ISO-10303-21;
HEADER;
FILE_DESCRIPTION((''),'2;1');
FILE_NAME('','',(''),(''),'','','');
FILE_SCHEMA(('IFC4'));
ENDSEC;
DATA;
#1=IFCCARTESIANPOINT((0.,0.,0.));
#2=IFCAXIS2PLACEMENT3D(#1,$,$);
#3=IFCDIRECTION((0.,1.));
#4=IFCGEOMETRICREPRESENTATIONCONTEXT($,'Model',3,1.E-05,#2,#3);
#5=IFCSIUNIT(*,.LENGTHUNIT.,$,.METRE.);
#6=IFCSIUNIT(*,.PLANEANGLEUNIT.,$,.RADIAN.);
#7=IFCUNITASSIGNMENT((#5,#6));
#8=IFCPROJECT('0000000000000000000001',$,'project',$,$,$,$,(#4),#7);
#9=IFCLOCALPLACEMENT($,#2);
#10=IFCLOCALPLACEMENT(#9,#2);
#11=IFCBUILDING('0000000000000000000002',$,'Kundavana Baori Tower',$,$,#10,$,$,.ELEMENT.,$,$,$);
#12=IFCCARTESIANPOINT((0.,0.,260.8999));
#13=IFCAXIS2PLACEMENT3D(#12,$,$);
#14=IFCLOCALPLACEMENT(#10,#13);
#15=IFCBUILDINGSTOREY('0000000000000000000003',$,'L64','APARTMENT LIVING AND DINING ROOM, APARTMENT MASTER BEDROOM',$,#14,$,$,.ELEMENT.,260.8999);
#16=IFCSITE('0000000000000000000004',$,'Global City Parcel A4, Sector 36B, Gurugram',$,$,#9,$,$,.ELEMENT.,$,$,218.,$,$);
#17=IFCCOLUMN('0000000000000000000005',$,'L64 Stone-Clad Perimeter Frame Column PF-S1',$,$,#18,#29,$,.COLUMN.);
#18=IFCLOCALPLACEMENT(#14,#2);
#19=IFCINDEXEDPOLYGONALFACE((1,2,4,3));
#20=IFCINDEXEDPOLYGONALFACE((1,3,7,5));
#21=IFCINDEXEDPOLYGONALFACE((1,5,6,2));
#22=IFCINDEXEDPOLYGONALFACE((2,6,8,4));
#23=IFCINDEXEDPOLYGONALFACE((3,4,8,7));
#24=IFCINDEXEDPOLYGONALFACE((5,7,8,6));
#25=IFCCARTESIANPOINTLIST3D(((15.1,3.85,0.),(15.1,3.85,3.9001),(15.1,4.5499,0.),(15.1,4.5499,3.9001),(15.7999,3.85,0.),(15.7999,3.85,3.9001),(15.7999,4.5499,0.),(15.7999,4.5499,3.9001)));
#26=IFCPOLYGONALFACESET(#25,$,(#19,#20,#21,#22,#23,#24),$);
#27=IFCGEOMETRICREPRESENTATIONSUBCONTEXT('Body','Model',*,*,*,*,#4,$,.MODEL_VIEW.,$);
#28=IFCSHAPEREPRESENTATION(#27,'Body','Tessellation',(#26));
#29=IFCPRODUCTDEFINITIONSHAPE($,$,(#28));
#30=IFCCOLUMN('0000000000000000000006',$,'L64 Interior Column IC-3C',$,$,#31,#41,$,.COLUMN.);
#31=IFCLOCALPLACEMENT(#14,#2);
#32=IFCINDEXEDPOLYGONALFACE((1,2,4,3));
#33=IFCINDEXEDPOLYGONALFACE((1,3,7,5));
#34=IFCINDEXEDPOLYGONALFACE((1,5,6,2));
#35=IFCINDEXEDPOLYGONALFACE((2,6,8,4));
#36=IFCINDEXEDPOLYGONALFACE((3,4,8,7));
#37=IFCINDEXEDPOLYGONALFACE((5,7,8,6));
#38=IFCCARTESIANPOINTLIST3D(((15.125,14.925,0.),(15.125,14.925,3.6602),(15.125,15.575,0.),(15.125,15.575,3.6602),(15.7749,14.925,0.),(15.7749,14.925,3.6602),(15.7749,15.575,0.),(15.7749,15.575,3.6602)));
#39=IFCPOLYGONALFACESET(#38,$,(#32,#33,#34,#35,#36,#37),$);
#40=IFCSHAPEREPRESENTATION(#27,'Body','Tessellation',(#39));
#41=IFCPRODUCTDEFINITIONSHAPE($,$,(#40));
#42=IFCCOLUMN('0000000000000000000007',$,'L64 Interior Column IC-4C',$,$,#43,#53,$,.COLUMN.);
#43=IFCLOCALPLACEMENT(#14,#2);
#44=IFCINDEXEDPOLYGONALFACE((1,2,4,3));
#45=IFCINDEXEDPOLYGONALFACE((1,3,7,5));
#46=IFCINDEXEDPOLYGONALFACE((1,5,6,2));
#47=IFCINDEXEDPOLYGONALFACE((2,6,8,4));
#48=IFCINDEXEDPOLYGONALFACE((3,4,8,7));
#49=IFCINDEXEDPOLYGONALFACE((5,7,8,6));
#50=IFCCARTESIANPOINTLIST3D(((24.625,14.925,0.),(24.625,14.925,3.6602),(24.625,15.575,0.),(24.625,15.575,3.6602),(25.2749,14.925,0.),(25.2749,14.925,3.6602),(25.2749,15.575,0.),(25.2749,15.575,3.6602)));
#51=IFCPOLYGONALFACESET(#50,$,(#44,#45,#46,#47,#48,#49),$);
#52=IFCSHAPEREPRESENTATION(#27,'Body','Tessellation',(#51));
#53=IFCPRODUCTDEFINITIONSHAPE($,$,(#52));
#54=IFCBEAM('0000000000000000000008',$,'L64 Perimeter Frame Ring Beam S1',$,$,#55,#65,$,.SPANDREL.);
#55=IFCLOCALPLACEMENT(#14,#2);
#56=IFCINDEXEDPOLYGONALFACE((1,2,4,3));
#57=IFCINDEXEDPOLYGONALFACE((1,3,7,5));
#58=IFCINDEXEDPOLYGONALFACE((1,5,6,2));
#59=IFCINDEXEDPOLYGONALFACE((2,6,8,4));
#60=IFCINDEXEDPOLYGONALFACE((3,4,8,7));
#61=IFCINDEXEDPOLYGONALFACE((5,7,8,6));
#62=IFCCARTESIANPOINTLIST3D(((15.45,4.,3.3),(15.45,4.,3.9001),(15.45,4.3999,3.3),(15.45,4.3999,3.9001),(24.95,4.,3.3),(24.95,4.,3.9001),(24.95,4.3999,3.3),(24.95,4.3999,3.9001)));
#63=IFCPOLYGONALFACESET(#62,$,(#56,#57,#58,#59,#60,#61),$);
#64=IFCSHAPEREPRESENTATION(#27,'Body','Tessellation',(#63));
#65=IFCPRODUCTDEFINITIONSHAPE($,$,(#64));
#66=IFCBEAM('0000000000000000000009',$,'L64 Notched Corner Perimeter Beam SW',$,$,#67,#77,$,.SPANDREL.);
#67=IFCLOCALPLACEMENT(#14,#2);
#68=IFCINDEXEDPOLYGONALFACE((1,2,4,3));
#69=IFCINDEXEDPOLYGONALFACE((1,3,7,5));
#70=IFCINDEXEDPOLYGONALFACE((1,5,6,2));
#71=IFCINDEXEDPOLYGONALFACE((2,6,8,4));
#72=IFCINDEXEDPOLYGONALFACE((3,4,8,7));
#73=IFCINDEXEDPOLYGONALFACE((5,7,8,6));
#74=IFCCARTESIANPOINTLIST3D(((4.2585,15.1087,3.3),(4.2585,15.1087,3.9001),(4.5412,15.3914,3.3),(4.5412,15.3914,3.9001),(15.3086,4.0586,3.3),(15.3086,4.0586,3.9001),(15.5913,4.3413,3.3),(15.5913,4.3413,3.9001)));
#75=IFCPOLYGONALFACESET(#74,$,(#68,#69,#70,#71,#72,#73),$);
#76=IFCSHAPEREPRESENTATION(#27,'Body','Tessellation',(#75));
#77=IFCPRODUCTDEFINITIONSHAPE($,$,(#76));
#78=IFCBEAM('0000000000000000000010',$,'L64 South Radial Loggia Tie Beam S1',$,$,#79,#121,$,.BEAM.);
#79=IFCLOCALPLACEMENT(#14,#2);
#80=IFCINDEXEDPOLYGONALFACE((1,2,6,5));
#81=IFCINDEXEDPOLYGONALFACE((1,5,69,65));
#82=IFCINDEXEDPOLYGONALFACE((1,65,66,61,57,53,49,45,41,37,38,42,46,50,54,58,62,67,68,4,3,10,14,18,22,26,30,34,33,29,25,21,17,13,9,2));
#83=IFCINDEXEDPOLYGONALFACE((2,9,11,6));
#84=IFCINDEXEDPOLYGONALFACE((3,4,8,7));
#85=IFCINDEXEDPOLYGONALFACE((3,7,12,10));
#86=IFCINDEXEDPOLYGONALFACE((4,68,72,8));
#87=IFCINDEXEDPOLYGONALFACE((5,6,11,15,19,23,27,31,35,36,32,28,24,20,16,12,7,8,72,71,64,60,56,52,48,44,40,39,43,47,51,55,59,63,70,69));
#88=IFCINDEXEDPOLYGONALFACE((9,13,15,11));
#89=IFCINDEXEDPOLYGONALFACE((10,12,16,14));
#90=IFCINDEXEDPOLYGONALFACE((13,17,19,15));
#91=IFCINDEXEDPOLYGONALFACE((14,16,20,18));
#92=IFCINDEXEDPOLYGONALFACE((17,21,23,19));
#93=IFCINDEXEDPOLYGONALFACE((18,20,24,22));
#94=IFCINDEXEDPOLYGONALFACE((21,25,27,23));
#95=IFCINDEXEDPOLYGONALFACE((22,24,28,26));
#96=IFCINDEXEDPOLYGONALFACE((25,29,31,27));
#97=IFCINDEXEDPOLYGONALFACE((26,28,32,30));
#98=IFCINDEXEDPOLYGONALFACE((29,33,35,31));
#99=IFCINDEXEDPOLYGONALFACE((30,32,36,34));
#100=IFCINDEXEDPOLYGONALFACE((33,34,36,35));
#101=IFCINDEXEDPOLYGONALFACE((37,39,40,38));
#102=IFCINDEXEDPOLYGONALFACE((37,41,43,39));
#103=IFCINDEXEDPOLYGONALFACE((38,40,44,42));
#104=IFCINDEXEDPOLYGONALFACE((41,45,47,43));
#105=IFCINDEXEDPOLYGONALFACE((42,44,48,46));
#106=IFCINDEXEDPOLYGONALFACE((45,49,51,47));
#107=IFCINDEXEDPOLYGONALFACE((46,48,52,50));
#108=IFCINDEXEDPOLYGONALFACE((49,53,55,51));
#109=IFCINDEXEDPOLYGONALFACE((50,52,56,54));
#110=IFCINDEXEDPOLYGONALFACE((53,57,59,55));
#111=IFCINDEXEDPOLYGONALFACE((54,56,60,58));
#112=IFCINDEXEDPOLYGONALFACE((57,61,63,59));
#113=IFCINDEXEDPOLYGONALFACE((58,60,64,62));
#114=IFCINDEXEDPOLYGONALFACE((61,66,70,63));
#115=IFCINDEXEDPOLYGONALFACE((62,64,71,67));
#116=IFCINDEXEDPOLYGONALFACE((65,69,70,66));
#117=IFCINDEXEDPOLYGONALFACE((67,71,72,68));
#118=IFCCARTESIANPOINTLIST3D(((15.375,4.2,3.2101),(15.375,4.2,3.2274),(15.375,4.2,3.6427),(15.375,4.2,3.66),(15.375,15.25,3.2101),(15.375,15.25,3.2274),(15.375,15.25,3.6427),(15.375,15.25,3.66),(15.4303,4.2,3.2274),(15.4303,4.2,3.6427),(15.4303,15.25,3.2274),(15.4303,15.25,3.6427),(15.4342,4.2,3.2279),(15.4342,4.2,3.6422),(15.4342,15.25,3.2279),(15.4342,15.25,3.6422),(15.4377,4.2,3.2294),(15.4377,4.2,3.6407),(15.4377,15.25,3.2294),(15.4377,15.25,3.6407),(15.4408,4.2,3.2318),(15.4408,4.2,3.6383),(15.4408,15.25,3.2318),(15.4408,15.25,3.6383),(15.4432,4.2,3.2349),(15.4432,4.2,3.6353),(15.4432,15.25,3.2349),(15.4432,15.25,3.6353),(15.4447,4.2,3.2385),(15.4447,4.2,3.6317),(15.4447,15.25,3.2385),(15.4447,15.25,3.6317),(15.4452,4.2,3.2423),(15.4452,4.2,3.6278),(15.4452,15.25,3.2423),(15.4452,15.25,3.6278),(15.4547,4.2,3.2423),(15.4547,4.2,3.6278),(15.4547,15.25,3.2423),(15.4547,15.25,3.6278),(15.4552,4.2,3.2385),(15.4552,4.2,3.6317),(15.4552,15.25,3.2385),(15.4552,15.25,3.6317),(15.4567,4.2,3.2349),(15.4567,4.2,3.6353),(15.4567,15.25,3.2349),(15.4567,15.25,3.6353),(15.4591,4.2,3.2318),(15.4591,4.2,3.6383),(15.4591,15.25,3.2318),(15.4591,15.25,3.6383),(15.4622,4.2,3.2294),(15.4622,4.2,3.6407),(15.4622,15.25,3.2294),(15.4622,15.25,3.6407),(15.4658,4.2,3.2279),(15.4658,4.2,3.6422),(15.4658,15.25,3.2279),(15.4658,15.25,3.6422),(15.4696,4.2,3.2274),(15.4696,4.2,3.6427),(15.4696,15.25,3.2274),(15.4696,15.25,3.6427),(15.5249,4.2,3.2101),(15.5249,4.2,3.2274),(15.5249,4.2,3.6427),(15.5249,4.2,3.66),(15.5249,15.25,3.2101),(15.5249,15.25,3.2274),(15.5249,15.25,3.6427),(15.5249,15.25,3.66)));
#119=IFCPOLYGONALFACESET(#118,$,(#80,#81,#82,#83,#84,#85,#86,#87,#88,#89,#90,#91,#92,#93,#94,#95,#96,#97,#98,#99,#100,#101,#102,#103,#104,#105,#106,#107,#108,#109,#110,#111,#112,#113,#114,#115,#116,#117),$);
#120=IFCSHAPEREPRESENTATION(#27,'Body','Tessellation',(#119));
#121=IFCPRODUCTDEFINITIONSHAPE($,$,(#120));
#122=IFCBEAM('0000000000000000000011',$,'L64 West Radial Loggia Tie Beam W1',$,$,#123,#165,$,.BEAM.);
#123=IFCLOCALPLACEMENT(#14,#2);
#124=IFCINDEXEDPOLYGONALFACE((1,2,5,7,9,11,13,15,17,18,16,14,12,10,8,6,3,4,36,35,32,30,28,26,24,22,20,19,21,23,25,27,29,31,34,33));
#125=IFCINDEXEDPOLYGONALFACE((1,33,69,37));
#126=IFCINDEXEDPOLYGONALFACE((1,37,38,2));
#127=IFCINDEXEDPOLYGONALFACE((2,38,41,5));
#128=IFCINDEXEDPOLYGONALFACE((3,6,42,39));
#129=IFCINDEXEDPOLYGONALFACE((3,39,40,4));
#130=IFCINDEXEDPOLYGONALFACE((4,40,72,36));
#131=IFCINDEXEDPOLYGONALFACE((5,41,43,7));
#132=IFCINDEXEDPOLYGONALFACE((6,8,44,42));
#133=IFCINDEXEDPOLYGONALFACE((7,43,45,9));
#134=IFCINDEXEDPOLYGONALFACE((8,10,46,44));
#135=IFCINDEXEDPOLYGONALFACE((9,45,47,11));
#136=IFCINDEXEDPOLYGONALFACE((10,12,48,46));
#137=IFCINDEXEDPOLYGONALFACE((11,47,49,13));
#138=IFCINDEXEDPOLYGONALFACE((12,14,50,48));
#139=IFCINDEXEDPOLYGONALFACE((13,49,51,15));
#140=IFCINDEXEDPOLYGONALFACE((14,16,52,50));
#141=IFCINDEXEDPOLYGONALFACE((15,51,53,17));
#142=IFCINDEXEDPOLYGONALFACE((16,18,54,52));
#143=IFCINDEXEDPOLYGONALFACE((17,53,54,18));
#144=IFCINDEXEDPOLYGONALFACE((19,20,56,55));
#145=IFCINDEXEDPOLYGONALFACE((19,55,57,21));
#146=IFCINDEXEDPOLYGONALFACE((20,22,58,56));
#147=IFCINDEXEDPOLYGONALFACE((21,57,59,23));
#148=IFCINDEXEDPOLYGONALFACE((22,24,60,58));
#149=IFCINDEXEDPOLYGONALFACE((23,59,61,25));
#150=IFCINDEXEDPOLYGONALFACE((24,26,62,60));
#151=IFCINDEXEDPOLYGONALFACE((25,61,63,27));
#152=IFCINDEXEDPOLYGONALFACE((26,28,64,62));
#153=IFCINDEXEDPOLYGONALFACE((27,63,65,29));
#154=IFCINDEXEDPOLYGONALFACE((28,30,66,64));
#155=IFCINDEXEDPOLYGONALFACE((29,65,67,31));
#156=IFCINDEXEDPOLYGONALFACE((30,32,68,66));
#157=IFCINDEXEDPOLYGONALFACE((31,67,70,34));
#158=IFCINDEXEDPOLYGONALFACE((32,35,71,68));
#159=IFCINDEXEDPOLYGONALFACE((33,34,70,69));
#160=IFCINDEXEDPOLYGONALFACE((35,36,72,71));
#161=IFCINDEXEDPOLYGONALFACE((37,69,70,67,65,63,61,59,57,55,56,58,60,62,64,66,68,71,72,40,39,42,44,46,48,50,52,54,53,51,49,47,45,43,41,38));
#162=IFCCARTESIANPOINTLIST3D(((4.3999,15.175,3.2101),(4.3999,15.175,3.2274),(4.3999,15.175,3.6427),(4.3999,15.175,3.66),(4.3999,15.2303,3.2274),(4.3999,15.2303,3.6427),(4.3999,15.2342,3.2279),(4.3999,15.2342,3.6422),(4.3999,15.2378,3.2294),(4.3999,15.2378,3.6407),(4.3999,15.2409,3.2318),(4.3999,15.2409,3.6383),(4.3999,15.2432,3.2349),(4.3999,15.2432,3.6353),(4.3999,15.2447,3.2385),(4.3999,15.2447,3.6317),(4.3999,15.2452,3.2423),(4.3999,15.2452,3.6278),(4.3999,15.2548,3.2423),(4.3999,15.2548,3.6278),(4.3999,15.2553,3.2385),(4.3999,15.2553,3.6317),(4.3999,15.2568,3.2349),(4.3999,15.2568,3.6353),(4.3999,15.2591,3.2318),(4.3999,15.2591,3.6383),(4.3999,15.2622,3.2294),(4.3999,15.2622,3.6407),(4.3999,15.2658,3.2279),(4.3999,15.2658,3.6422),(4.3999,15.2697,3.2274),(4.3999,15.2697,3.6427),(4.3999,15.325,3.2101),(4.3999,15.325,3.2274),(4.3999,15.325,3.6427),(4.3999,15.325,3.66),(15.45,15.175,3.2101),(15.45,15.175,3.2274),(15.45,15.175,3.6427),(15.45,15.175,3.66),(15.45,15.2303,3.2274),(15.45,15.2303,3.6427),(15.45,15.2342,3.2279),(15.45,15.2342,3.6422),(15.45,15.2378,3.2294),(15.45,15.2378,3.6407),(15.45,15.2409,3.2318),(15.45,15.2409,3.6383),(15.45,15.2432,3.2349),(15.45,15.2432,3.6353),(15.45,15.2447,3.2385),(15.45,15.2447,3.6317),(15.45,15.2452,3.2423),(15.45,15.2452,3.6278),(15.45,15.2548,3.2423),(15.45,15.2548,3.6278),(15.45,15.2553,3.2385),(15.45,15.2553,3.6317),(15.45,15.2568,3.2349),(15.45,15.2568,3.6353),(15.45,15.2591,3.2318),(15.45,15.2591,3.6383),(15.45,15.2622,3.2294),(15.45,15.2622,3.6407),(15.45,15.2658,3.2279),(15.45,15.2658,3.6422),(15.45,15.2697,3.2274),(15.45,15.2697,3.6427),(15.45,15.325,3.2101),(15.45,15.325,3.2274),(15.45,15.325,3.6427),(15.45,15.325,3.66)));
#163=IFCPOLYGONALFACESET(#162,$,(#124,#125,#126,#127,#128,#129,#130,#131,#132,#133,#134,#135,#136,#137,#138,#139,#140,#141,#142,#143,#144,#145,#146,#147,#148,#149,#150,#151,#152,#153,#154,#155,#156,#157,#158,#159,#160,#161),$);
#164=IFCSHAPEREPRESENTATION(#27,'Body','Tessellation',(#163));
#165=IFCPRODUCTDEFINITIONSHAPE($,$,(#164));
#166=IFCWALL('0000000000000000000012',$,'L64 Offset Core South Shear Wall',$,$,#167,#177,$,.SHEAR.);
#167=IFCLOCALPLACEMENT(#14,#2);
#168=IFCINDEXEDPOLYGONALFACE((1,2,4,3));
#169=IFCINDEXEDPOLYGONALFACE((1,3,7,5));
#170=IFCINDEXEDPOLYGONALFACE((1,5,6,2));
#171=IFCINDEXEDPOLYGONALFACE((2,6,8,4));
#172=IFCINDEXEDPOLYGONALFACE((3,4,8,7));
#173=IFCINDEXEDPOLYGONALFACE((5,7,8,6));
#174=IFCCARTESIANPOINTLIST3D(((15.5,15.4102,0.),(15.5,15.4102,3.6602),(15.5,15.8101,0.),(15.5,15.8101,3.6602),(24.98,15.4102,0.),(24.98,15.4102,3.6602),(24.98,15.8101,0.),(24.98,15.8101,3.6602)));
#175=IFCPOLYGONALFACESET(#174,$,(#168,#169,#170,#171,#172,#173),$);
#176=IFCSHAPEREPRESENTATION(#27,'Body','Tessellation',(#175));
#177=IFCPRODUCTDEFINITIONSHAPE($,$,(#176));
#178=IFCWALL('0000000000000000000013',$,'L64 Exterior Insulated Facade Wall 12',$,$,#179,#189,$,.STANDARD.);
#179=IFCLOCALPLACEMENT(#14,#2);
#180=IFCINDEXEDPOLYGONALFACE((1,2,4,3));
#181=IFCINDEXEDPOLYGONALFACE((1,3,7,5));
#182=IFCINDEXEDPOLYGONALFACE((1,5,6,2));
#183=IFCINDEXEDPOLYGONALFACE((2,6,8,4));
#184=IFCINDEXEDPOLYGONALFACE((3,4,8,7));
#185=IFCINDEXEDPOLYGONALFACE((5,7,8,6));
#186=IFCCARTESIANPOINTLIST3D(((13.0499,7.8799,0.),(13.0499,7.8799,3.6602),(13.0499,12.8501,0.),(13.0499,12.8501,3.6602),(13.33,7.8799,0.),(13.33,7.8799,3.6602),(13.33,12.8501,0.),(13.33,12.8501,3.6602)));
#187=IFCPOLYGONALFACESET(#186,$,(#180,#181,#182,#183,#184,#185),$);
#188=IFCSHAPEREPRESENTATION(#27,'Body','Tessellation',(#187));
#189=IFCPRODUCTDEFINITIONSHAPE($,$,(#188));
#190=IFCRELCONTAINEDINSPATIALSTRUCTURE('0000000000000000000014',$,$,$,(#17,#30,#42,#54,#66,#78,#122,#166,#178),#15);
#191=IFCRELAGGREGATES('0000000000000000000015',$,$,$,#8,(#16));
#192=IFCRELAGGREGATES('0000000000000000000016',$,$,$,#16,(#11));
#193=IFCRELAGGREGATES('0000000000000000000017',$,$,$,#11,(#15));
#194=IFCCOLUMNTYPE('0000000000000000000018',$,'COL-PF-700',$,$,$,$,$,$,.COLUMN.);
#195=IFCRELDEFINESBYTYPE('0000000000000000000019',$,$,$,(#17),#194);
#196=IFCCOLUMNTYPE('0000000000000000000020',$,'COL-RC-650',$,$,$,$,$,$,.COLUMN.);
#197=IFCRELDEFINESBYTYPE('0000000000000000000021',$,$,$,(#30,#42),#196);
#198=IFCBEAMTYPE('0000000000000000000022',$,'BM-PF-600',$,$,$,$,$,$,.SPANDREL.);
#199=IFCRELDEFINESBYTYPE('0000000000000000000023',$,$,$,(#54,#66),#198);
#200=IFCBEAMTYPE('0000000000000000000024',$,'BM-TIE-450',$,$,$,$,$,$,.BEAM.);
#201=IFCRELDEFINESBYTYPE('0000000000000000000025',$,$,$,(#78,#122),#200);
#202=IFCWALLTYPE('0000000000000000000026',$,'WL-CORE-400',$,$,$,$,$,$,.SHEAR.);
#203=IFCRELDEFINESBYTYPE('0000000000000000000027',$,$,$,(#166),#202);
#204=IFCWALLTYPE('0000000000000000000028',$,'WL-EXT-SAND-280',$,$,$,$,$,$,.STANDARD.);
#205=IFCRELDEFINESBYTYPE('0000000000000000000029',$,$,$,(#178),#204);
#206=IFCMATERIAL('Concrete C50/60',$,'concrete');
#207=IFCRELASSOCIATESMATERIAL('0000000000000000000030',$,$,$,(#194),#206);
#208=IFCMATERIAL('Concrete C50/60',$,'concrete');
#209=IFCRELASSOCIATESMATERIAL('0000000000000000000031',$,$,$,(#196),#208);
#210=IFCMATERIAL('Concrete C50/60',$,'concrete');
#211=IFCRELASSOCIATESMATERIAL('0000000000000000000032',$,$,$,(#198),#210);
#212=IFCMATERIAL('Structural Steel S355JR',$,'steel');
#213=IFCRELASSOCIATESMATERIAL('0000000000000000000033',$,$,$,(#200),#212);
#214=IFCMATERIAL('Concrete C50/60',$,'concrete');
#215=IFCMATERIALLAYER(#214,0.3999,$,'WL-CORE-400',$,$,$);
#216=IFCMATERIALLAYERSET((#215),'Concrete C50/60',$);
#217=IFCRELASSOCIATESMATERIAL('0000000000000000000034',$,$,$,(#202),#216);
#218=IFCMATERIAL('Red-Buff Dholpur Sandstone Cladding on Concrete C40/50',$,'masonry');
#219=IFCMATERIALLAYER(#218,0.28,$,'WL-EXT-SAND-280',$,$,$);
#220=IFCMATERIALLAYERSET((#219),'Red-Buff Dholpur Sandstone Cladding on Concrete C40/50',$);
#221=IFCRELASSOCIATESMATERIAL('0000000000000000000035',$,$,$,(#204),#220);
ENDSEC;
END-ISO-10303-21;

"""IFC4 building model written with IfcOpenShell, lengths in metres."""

from ifc_helpers import new_model, si_unit, direction, frame, frame_2d, origin, origin_2d, place, context, subcontext, project, spatial, rectangle, i_section, extrude, material, layer, layer_set, material_profile, profile_set, type_object, element, save


model = new_model("IFC4")

# Units and contexts
model_context = context("Model", 3, precision=1e-05, world=origin(), true_north=direction((0.0, 1.0)))
body_context = subcontext(model_context, "Body", "Model", "MODEL_VIEW")
ifc_project = project(units=[si_unit("LENGTHUNIT", "METRE"), si_unit("PLANEANGLEUNIT", "RADIAN")], contexts=[model_context])

# Site, building, storey
site_placement = place(None, origin())
site = spatial("IfcSite", under=ifc_project, at=site_placement, Name="Global City Parcel A4, Sector 36B, Gurugram", CompositionType="ELEMENT", RefElevation=218.0)
building_placement = place(site_placement, origin())
building = spatial("IfcBuilding", under=site, at=building_placement, Name="Kundavana Baori Tower", CompositionType="ELEMENT")
storey_placement = place(building_placement, frame((0.0, 0.0, 260.8999)))
storey = spatial("IfcBuildingStorey", under=building, at=storey_placement, Name="L64", Description="APARTMENT LIVING AND DINING ROOM, APARTMENT MASTER BEDROOM", CompositionType="ELEMENT", Elevation=260.8999)

# Columns
ifc_material_1 = material(Name="Concrete C50/60", Category="concrete")
ifc_material_profile_1 = material_profile(ifc_material_1, rectangle(XDim=0.7, YDim=0.7, at=origin_2d()), Name="RC PF 700x700")
ifc_profile_set_1 = profile_set([ifc_material_profile_1], Name="Concrete C50/60")
column_type_1 = type_object("IfcColumnType", Name="COL-PF-700", PredefinedType="COLUMN", material=ifc_profile_set_1)
column_placement = place(storey_placement, frame((15.45, 4.2, 0.0), z_axis=(0.0, 0.0, 1.0), x_axis=(1.0, 0.0, 0.0)))
element("IfcColumn", 1, at=column_placement, inside=storey, type_object=column_type_1, Name="L64 Stone-Clad Perimeter Frame Column PF-S1", PredefinedType="COLUMN", context=body_context, shape_type="SweptSolid", body=[
    extrude(rectangle(XDim=0.7, YDim=0.7, at=origin_2d()), origin(), (0.0, 0.0, 1.0), 3.9001),
])
ifc_material_2 = material(Name="Concrete C50/60", Category="concrete")
ifc_material_profile_2 = material_profile(ifc_material_2, rectangle(XDim=0.6499, YDim=0.6499, at=origin_2d()), Name="RC 650x650")
ifc_profile_set_2 = profile_set([ifc_material_profile_2], Name="Concrete C50/60")
column_type_2 = type_object("IfcColumnType", Name="COL-RC-650", PredefinedType="COLUMN", material=ifc_profile_set_2)
for number, where, z_axis, x_axis, name in (
    (2, (15.45, 15.25, 0.0), (0.0, 0.0, 1.0), (1.0, 0.0, 0.0), "L64 Interior Column IC-3C"),
    (3, (24.95, 15.25, 0.0), (0.0, 0.0, 1.0), (1.0, 0.0, 0.0), "L64 Interior Column IC-4C"),
):
    element("IfcColumn", number, at=place(storey_placement, frame(where, z_axis=z_axis, x_axis=x_axis)), inside=storey, type_object=column_type_2, Name=name, PredefinedType="COLUMN", context=body_context, shape_type="SweptSolid", body=[
        extrude(rectangle(XDim=0.6499, YDim=0.6499, at=origin_2d()), origin(), (0.0, 0.0, 1.0), 3.6602),
    ])

# Beams
ifc_material_3 = material(Name="Concrete C50/60", Category="concrete")
ifc_material_profile_3 = material_profile(ifc_material_3, rectangle(XDim=0.3999, YDim=0.6001, at=origin_2d()), Name="RC BM 400x600")
ifc_profile_set_3 = profile_set([ifc_material_profile_3], Name="Concrete C50/60")
beam_type_1 = type_object("IfcBeamType", Name="BM-PF-600", PredefinedType="SPANDREL", material=ifc_profile_set_3)
beam_1_placement = place(storey_placement, frame((15.45, 4.2, 3.6001), z_axis=(1.0, 0.0, 0.0), x_axis=(0.0, 1.0, 0.0)))
element("IfcBeam", 4, at=beam_1_placement, inside=storey, type_object=beam_type_1, Name="L64 Perimeter Frame Ring Beam S1", PredefinedType="SPANDREL", context=body_context, shape_type="SweptSolid", body=[
    extrude(rectangle(XDim=0.3999, YDim=0.6001, at=origin_2d()), origin(), (0.0, 0.0, 1.0), 9.5),
])
beam_2_placement = place(storey_placement, frame((15.45, 4.2, 3.6001), z_axis=(-0.707107, 0.707107, 0.0), x_axis=(-0.707107, -0.707107, 0.0)))
element("IfcBeam", 5, at=beam_2_placement, inside=storey, type_object=beam_type_1, Name="L64 Notched Corner Perimeter Beam SW", PredefinedType="SPANDREL", context=body_context, shape_type="SweptSolid", body=[
    extrude(rectangle(XDim=0.3999, YDim=0.6001, at=origin_2d()), origin(), (0.0, 0.0, 1.0), 15.6272),
])
ifc_material_4 = material(Name="Structural Steel S355JR", Category="steel")
ifc_material_profile_4 = material_profile(ifc_material_4, i_section(OverallWidth=0.1499, OverallDepth=0.45, WebThickness=0.0095, FlangeThickness=0.0173, FilletRadius=0.0149, at=origin_2d()), Name="ISMB 450")
ifc_profile_set_4 = profile_set([ifc_material_profile_4], Name="Structural Steel S355JR")
beam_type_2 = type_object("IfcBeamType", Name="BM-TIE-450", PredefinedType="BEAM", material=ifc_profile_set_4)
for number, where, z_axis, x_axis, name in (
    (6, (15.45, 15.25, 3.4351), (0.0, -1.0, 0.0), (1.0, 0.0, 0.0), "L64 South Radial Loggia Tie Beam S1"),
    (7, (15.45, 15.25, 3.4351), (-1.0, 0.0, 0.0), (0.0, -1.0, 0.0), "L64 West Radial Loggia Tie Beam W1"),
):
    element("IfcBeam", number, at=place(storey_placement, frame(where, z_axis=z_axis, x_axis=x_axis)), inside=storey, type_object=beam_type_2, Name=name, PredefinedType="BEAM", context=body_context, shape_type="SweptSolid", body=[
        extrude(i_section(OverallWidth=0.1499, OverallDepth=0.45, WebThickness=0.0095, FlangeThickness=0.0173, FilletRadius=0.0149, at=origin_2d()), origin(), (0.0, 0.0, 1.0), 11.05),
    ])

# Walls
ifc_material_5 = material(Name="Concrete C50/60", Category="concrete")
ifc_layer_1 = layer(ifc_material_5, 0.3999, Name="WL-CORE-400")
ifc_layer_set_1 = layer_set([ifc_layer_1], Name="Concrete C50/60")
wall_type_1 = type_object("IfcWallType", Name="WL-CORE-400", PredefinedType="SHEAR", material=ifc_layer_set_1)
wall_1_placement = place(storey_placement, frame((15.5, 15.6101, 0.0), z_axis=(0.0, 0.0, 1.0), x_axis=(1.0, 0.0, 0.0)))
element("IfcWall", 8, at=wall_1_placement, inside=storey, type_object=wall_type_1, Name="L64 Offset Core South Shear Wall", PredefinedType="SHEAR", context=body_context, shape_type="SweptSolid", body=[
    extrude(rectangle(XDim=9.48, YDim=0.3999, at=frame_2d((4.74, 0.0))), origin(), (0.0, 0.0, 1.0), 3.6602),
])
ifc_material_6 = material(Name="Red-Buff Dholpur Sandstone Cladding on Concrete C40/50", Category="masonry")
ifc_layer_2 = layer(ifc_material_6, 0.28, Name="WL-EXT-SAND-280")
ifc_layer_set_2 = layer_set([ifc_layer_2], Name="Red-Buff Dholpur Sandstone Cladding on Concrete C40/50")
wall_type_2 = type_object("IfcWallType", Name="WL-EXT-SAND-280", PredefinedType="STANDARD", material=ifc_layer_set_2)
wall_2_placement = place(storey_placement, frame((13.1899, 12.8501, 0.0), z_axis=(0.0, 0.0, 1.0), x_axis=(0.0, -1.0, 0.0)))
element("IfcWall", 9, at=wall_2_placement, inside=storey, type_object=wall_type_2, Name="L64 Exterior Insulated Facade Wall 12", PredefinedType="STANDARD", context=body_context, shape_type="SweptSolid", body=[
    extrude(rectangle(XDim=4.9702, YDim=0.28, at=frame_2d((2.4851, 0.0))), origin(), (0.0, 0.0, 1.0), 3.6602),
])

save(model, "model.ifc")
